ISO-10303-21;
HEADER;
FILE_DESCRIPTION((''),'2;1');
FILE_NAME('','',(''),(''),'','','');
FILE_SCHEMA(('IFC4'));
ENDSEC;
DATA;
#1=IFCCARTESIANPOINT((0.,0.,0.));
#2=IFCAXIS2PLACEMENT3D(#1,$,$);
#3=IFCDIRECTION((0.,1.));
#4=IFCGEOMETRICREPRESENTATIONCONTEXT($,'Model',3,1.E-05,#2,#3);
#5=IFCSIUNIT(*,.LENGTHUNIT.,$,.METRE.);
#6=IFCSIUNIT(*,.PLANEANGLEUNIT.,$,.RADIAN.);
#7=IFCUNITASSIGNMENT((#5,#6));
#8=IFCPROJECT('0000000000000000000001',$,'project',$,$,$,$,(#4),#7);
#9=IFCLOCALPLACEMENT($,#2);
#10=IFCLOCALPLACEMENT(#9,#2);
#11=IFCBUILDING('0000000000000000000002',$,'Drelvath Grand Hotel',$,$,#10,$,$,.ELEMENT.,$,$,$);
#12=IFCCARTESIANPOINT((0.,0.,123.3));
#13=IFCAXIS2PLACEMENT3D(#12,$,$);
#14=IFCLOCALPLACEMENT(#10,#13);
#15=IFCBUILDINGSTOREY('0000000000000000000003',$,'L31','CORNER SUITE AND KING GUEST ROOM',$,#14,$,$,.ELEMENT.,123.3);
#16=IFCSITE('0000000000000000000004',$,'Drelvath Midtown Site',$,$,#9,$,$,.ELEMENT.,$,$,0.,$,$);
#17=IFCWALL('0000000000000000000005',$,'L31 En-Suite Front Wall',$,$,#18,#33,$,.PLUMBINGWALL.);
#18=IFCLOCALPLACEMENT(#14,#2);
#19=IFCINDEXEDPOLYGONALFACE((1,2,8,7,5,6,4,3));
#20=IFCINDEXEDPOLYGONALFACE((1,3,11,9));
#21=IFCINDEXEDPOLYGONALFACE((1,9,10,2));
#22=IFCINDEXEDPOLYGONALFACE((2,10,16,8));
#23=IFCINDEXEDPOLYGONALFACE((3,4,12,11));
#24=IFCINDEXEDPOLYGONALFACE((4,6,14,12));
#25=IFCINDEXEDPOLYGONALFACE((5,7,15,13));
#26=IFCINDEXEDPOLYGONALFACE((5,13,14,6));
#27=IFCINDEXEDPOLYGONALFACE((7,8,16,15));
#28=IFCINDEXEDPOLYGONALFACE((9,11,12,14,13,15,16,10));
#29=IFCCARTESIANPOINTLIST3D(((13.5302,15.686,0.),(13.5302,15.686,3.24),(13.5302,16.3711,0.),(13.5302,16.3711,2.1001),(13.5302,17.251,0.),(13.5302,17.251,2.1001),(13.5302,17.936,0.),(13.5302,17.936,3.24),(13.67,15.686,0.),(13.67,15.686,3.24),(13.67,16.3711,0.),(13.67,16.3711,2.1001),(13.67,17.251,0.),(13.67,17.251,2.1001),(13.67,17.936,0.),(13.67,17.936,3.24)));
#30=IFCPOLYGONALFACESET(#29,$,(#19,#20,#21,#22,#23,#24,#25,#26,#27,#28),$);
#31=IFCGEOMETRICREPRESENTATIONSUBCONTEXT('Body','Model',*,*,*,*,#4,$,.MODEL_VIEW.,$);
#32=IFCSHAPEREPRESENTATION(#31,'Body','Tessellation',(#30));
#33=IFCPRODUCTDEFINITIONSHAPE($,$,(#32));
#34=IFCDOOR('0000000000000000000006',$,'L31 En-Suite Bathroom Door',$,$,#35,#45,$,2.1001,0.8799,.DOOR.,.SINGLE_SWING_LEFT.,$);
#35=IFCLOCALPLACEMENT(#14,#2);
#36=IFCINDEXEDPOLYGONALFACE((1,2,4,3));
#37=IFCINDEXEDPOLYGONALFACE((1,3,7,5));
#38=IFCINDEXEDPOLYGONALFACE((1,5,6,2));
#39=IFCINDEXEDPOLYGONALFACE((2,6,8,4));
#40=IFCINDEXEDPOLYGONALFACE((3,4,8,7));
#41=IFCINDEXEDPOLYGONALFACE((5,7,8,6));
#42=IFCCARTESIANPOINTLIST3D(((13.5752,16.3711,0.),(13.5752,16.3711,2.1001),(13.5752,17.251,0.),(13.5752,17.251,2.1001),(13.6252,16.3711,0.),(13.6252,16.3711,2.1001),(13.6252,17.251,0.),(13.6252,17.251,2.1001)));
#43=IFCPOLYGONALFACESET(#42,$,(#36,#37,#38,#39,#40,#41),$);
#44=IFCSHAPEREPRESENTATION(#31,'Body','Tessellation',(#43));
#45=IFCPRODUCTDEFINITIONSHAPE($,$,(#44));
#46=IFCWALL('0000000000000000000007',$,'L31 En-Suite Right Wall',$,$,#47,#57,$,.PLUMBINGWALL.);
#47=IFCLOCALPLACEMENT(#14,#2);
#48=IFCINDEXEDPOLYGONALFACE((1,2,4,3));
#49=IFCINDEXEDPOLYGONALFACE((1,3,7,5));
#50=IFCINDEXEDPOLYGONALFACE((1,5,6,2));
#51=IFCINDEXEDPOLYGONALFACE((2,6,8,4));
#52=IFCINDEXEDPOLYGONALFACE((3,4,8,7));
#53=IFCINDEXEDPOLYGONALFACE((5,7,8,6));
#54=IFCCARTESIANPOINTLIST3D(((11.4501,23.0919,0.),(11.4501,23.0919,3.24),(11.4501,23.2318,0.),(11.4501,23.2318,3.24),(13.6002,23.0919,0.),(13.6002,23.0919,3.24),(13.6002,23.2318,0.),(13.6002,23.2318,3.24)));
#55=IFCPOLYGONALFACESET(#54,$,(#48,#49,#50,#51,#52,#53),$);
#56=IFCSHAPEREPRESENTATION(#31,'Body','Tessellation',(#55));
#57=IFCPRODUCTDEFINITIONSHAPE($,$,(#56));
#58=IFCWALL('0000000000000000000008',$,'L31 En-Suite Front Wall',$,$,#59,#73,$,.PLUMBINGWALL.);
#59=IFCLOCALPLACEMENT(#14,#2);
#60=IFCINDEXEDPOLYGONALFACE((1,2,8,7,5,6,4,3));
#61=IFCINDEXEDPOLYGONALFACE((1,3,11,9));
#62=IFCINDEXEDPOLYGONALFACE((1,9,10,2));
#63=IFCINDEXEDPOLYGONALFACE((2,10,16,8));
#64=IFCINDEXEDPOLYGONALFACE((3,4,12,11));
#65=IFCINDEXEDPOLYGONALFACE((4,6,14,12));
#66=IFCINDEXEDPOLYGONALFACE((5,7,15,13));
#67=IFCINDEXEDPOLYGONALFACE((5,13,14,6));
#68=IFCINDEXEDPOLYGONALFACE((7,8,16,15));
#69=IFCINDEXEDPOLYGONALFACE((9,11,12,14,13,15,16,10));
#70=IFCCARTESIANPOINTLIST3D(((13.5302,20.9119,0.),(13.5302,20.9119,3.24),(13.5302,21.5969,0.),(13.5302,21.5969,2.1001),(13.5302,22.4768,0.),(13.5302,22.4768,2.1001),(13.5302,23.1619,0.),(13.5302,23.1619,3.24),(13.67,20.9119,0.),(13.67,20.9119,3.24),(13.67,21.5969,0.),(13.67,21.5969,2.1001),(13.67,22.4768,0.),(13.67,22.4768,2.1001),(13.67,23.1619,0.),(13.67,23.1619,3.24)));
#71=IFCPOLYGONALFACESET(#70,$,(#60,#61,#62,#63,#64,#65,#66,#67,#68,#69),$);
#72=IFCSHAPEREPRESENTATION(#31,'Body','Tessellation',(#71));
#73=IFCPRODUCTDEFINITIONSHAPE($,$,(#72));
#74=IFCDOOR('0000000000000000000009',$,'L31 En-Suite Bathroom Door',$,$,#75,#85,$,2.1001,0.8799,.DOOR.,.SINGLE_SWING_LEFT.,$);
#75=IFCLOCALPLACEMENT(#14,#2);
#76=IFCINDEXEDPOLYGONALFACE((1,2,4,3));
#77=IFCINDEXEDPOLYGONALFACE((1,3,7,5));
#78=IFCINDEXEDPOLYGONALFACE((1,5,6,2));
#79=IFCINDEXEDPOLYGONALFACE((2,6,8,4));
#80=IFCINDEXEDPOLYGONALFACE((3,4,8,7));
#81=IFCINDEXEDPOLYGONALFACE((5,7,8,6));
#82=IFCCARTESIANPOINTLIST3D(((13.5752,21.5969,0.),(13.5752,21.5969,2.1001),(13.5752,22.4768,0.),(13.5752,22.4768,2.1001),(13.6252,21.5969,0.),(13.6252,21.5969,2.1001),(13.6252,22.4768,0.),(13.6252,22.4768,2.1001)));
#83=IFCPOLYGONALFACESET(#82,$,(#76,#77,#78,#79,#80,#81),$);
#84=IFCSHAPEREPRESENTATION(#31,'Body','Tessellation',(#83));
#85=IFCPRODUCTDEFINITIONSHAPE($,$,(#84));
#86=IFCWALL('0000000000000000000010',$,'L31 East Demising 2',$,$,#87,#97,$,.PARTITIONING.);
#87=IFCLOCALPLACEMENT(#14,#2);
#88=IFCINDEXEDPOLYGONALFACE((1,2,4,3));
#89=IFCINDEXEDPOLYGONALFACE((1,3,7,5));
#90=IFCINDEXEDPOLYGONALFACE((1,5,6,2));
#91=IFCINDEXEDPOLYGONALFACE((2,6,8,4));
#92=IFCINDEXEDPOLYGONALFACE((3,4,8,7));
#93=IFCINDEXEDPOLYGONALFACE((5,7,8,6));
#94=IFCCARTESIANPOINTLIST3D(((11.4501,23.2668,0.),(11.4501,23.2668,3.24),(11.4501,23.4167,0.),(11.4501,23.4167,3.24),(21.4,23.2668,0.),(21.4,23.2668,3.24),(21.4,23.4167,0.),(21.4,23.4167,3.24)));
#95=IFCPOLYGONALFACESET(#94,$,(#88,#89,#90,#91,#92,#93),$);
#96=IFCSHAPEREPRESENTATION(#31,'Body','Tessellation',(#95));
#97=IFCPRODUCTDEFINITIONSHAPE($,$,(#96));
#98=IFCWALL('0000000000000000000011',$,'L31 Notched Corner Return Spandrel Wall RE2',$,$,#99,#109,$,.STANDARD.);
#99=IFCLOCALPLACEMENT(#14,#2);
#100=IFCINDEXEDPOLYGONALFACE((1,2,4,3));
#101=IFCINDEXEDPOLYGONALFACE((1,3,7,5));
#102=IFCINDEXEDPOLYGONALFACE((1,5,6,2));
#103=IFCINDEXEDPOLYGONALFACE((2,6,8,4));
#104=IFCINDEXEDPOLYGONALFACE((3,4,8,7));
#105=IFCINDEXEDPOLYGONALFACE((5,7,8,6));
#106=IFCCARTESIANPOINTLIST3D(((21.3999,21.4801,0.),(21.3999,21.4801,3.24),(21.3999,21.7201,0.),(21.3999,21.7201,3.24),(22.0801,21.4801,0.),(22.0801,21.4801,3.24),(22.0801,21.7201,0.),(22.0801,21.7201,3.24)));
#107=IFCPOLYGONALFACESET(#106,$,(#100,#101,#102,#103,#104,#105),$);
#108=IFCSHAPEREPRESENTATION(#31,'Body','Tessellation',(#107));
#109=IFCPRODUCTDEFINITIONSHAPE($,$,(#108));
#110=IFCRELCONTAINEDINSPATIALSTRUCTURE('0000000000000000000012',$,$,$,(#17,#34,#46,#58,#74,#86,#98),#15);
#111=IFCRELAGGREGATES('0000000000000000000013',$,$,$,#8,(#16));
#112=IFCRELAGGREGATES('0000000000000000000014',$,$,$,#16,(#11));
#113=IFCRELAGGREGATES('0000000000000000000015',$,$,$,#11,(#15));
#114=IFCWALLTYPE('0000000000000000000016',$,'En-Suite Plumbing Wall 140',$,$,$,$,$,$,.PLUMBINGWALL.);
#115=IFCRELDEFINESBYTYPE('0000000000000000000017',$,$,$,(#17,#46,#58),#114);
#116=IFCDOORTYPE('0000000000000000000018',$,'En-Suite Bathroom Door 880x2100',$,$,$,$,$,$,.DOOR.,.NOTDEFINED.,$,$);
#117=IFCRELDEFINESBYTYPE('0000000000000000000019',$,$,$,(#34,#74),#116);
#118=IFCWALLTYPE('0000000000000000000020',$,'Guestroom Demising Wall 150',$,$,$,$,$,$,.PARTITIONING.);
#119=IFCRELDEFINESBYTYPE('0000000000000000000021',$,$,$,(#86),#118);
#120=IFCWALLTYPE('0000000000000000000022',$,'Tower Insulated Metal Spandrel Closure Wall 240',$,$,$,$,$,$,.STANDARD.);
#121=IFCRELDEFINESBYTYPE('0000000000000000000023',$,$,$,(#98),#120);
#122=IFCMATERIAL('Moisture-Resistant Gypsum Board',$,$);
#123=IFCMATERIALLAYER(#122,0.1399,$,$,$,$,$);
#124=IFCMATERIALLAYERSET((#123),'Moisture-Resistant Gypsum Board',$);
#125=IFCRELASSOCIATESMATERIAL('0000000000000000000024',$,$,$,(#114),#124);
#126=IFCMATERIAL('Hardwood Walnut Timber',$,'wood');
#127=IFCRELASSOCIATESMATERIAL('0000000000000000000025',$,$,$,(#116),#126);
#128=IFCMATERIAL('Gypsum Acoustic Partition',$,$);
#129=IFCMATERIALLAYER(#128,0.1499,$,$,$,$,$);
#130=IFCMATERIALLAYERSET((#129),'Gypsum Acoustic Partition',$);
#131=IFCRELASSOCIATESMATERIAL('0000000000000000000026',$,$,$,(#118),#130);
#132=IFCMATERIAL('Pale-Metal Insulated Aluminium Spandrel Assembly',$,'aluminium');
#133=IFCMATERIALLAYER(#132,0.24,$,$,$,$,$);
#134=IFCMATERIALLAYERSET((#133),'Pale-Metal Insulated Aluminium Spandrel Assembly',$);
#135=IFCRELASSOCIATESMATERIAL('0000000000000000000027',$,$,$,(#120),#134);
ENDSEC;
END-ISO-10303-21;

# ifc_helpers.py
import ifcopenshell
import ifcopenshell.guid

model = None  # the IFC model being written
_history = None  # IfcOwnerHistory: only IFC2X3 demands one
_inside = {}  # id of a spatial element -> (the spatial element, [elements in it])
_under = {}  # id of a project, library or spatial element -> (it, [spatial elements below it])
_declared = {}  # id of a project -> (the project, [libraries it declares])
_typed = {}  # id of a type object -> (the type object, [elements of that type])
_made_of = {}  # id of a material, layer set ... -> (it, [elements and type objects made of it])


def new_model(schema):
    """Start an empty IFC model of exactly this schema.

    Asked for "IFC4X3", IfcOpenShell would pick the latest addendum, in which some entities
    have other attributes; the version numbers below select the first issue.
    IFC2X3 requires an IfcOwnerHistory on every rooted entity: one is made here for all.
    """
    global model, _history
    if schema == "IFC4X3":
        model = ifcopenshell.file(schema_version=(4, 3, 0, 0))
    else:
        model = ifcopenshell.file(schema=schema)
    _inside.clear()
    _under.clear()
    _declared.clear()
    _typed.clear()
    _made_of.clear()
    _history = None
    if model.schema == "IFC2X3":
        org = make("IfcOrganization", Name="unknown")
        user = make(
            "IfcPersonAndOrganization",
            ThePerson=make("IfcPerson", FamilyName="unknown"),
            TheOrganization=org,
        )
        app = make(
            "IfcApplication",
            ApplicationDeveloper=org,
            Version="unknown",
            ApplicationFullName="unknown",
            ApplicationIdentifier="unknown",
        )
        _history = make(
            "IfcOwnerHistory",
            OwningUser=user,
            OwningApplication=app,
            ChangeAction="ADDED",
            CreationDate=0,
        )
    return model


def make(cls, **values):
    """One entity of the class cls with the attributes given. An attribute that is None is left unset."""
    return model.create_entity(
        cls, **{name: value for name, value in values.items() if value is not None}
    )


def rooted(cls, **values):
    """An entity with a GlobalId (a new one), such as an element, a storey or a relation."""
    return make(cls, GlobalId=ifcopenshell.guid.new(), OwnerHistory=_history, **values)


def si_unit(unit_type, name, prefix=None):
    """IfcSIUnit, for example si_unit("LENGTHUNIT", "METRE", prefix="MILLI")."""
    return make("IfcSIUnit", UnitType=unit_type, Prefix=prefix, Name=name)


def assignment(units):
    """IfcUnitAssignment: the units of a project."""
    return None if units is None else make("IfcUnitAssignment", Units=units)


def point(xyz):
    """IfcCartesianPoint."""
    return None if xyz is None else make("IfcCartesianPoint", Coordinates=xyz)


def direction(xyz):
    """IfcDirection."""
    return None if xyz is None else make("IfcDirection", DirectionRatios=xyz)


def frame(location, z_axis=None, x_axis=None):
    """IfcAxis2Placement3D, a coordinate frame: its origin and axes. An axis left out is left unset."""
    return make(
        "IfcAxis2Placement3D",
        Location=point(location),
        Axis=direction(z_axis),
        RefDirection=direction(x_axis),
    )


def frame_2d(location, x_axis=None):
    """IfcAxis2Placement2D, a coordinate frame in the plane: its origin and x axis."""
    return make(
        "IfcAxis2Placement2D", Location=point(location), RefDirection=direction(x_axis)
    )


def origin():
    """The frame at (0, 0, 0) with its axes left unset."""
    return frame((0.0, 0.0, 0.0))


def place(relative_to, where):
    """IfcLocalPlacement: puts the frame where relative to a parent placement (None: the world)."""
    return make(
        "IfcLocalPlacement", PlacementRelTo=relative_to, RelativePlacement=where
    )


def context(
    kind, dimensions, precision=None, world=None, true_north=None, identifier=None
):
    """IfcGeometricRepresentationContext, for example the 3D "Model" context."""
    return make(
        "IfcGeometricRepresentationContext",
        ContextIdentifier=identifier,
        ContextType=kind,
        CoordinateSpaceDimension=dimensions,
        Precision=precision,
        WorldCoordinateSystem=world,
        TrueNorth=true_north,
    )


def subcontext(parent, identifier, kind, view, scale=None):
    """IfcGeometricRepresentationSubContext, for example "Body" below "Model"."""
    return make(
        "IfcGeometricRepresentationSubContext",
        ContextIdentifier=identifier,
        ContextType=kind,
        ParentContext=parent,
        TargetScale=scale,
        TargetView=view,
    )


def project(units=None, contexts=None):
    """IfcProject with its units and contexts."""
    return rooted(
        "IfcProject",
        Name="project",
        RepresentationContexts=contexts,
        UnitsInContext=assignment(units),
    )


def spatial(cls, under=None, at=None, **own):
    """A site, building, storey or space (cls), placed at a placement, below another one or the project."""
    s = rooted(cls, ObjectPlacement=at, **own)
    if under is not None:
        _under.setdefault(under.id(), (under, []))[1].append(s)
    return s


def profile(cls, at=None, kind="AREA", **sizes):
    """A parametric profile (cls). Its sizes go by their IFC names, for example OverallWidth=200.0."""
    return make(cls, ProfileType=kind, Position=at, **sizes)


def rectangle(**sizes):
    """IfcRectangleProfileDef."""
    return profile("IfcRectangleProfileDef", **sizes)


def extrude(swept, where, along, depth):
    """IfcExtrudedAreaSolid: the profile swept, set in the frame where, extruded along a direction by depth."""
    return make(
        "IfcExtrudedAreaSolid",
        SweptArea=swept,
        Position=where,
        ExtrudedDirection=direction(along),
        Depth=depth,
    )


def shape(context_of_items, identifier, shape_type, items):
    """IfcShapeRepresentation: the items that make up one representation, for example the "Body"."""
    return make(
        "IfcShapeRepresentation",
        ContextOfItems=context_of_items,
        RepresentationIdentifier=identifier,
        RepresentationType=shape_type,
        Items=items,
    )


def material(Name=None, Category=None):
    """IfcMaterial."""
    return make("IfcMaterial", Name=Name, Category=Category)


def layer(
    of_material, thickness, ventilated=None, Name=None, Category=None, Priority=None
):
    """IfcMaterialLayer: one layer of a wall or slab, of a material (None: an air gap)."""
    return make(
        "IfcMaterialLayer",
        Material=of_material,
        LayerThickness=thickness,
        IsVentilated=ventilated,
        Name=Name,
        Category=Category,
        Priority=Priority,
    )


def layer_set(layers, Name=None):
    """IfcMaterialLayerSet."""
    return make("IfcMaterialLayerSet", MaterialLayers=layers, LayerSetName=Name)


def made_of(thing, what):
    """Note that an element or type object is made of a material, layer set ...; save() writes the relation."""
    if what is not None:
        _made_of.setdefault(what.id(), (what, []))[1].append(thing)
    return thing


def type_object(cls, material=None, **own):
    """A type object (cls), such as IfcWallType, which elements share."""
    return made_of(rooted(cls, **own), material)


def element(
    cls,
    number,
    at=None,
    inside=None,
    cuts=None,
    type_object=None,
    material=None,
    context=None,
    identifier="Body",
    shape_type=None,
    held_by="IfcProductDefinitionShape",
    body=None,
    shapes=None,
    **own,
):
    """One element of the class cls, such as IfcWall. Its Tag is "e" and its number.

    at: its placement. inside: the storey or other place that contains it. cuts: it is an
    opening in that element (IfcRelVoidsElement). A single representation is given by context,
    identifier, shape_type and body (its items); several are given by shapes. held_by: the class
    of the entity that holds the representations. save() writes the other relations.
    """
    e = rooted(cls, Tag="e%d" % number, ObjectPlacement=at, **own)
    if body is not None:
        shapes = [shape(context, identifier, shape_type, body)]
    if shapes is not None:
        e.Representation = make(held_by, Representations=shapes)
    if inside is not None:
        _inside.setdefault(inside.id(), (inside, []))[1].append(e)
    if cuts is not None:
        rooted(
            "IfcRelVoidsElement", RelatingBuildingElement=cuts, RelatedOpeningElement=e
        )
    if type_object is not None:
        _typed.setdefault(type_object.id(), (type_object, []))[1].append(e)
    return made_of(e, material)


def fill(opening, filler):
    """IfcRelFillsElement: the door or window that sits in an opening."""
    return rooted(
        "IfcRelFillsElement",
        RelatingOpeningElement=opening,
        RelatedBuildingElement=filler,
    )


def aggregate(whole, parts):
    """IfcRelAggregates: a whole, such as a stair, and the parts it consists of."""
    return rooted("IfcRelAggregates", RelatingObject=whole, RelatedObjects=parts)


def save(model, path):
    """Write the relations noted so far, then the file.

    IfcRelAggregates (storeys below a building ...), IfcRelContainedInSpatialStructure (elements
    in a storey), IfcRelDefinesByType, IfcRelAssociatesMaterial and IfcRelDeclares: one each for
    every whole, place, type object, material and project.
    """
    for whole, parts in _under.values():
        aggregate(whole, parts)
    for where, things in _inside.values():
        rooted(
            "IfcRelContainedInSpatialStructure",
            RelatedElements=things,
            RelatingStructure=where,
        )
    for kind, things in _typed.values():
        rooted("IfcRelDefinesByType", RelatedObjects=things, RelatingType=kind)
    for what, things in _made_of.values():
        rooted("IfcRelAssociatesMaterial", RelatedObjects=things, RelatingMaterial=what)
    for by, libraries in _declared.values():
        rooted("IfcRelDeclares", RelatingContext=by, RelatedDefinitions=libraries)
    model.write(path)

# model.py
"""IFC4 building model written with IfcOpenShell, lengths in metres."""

from ifc_helpers import new_model, si_unit, direction, frame, frame_2d, origin, place, context, subcontext, project, spatial, rectangle, extrude, material, layer, layer_set, type_object, element, fill, save


model = new_model("IFC4")

# Units and contexts
model_context = context("Model", 3, precision=1e-05, world=origin(), true_north=direction((0.0, 1.0)))
body_context = subcontext(model_context, "Body", "Model", "MODEL_VIEW")
ifc_project = project(units=[si_unit("LENGTHUNIT", "METRE"), si_unit("PLANEANGLEUNIT", "RADIAN")], contexts=[model_context])

# Site, building, storey
site_placement = place(None, origin())
site = spatial("IfcSite", under=ifc_project, at=site_placement, Name="Drelvath Midtown Site", CompositionType="ELEMENT", RefElevation=0.0)
building_placement = place(site_placement, origin())
building = spatial("IfcBuilding", under=site, at=building_placement, Name="Drelvath Grand Hotel", CompositionType="ELEMENT")
storey_placement = place(building_placement, frame((0.0, 0.0, 123.3)))
storey = spatial("IfcBuildingStorey", under=building, at=storey_placement, Name="L31", Description="CORNER SUITE AND KING GUEST ROOM", CompositionType="ELEMENT", Elevation=123.3)

# Wall, opening, door
ifc_material_1 = material(Name="Moisture-Resistant Gypsum Board")
ifc_layer_1 = layer(ifc_material_1, 0.1399)
ifc_layer_set_1 = layer_set([ifc_layer_1], Name="Moisture-Resistant Gypsum Board")
wall_type_1 = type_object("IfcWallType", Name="En-Suite Plumbing Wall 140", PredefinedType="PLUMBINGWALL", material=ifc_layer_set_1)
wall_1_placement = place(storey_placement, frame((13.6001, 15.686, 0.0), z_axis=(0.0, 0.0, 1.0), x_axis=(0.0, 1.0, 0.0)))
wall_1 = element("IfcWall", 1, at=wall_1_placement, inside=storey, type_object=wall_type_1, Name="L31 En-Suite Front Wall", PredefinedType="PLUMBINGWALL", context=body_context, shape_type="SweptSolid", body=[
    extrude(rectangle(XDim=2.25, YDim=0.1399, at=frame_2d((1.125, 0.0))), origin(), (0.0, 0.0, 1.0), 3.24),
])
opening_1_placement = place(wall_1_placement, frame((0.6851, 0.0, 0.0)))
opening_1 = element("IfcOpeningElement", 2, at=opening_1_placement, cuts=wall_1, PredefinedType="OPENING", context=body_context, shape_type="SweptSolid", body=[
    extrude(rectangle(XDim=0.8799, YDim=2.1001, at=frame_2d((0.4399, 1.05))), frame((0.0, 0.0798, 0.0), z_axis=(0.0, -1.0, 0.0), x_axis=(1.0, 0.0, 0.0)), (0.0, 0.0, 1.0), 0.1599),
])
ifc_material_2 = material(Name="Hardwood Walnut Timber", Category="wood")
door_type = type_object("IfcDoorType", Name="En-Suite Bathroom Door 880x2100", OperationType="NOTDEFINED", PredefinedType="DOOR", material=ifc_material_2)
door_1_placement = place(opening_1_placement, origin())
door_1 = element("IfcDoor", 3, at=door_1_placement, inside=storey, type_object=door_type, Name="L31 En-Suite Bathroom Door", OperationType="SINGLE_SWING_LEFT", OverallHeight=2.1001, OverallWidth=0.8799, PredefinedType="DOOR", context=body_context, shape_type="SweptSolid", body=[
    extrude(rectangle(XDim=0.8799, YDim=2.1001, at=frame_2d((0.4399, 1.05))), frame((0.0, 0.0249, 0.0), z_axis=(0.0, -1.0, 0.0), x_axis=(1.0, 0.0, 0.0)), (0.0, 0.0, 1.0), 0.05),
])
fill(opening_1, door_1)

# Wall
wall_2_placement = place(storey_placement, frame((11.45, 23.1619, 0.0), z_axis=(0.0, 0.0, 1.0), x_axis=(1.0, 0.0, 0.0)))
element("IfcWall", 4, at=wall_2_placement, inside=storey, type_object=wall_type_1, Name="L31 En-Suite Right Wall", PredefinedType="PLUMBINGWALL", context=body_context, shape_type="SweptSolid", body=[
    extrude(rectangle(XDim=2.1501, YDim=0.1399, at=frame_2d((1.0752, 0.0))), origin(), (0.0, 0.0, 1.0), 3.24),
])

# Wall, opening, door
wall_3_placement = place(storey_placement, frame((13.6001, 20.9119, 0.0), z_axis=(0.0, 0.0, 1.0), x_axis=(0.0, 1.0, 0.0)))
wall_3 = element("IfcWall", 5, at=wall_3_placement, inside=storey, type_object=wall_type_1, Name="L31 En-Suite Front Wall", PredefinedType="PLUMBINGWALL", context=body_context, shape_type="SweptSolid", body=[
    extrude(rectangle(XDim=2.25, YDim=0.1399, at=frame_2d((1.125, 0.0))), origin(), (0.0, 0.0, 1.0), 3.24),
])
opening_2_placement = place(wall_3_placement, frame((0.6851, 0.0, 0.0)))
opening_2 = element("IfcOpeningElement", 6, at=opening_2_placement, cuts=wall_3, PredefinedType="OPENING", context=body_context, shape_type="SweptSolid", body=[
    extrude(rectangle(XDim=0.8799, YDim=2.1001, at=frame_2d((0.4399, 1.05))), frame((0.0, 0.0798, 0.0), z_axis=(0.0, -1.0, 0.0), x_axis=(1.0, 0.0, 0.0)), (0.0, 0.0, 1.0), 0.1599),
])
door_2_placement = place(opening_2_placement, origin())
door_2 = element("IfcDoor", 7, at=door_2_placement, inside=storey, type_object=door_type, Name="L31 En-Suite Bathroom Door", OperationType="SINGLE_SWING_LEFT", OverallHeight=2.1001, OverallWidth=0.8799, PredefinedType="DOOR", context=body_context, shape_type="SweptSolid", body=[
    extrude(rectangle(XDim=0.8799, YDim=2.1001, at=frame_2d((0.4399, 1.05))), frame((0.0, 0.0249, 0.0), z_axis=(0.0, -1.0, 0.0), x_axis=(1.0, 0.0, 0.0)), (0.0, 0.0, 1.0), 0.05),
])
fill(opening_2, door_2)

# Walls
ifc_material_3 = material(Name="Gypsum Acoustic Partition")
ifc_layer_2 = layer(ifc_material_3, 0.1499)
ifc_layer_set_2 = layer_set([ifc_layer_2], Name="Gypsum Acoustic Partition")
wall_type_2 = type_object("IfcWallType", Name="Guestroom Demising Wall 150", PredefinedType="PARTITIONING", material=ifc_layer_set_2)
wall_4_placement = place(storey_placement, frame((11.45, 23.3418, 0.0), z_axis=(0.0, 0.0, 1.0), x_axis=(1.0, 0.0, 0.0)))
element("IfcWall", 8, at=wall_4_placement, inside=storey, type_object=wall_type_2, Name="L31 East Demising 2", PredefinedType="PARTITIONING", context=body_context, shape_type="SweptSolid", body=[
    extrude(rectangle(XDim=9.95, YDim=0.1499, at=frame_2d((4.9751, 0.0))), origin(), (0.0, 0.0, 1.0), 3.24),
])
ifc_material_4 = material(Name="Pale-Metal Insulated Aluminium Spandrel Assembly", Category="aluminium")
ifc_layer_3 = layer(ifc_material_4, 0.24)
ifc_layer_set_3 = layer_set([ifc_layer_3], Name="Pale-Metal Insulated Aluminium Spandrel Assembly")
wall_type_3 = type_object("IfcWallType", Name="Tower Insulated Metal Spandrel Closure Wall 240", PredefinedType="STANDARD", material=ifc_layer_set_3)
wall_5_placement = place(storey_placement, frame((21.3999, 21.6001, 0.0), z_axis=(0.0, 0.0, 1.0), x_axis=(1.0, 0.0, 0.0)))
element("IfcWall", 9, at=wall_5_placement, inside=storey, type_object=wall_type_3, Name="L31 Notched Corner Return Spandrel Wall RE2", PredefinedType="STANDARD", context=body_context, shape_type="SweptSolid", body=[
    extrude(rectangle(XDim=0.6802, YDim=0.24, at=frame_2d((0.3401, 0.0))), origin(), (0.0, 0.0, 1.0), 3.24),
])

save(model, "model.ifc")
